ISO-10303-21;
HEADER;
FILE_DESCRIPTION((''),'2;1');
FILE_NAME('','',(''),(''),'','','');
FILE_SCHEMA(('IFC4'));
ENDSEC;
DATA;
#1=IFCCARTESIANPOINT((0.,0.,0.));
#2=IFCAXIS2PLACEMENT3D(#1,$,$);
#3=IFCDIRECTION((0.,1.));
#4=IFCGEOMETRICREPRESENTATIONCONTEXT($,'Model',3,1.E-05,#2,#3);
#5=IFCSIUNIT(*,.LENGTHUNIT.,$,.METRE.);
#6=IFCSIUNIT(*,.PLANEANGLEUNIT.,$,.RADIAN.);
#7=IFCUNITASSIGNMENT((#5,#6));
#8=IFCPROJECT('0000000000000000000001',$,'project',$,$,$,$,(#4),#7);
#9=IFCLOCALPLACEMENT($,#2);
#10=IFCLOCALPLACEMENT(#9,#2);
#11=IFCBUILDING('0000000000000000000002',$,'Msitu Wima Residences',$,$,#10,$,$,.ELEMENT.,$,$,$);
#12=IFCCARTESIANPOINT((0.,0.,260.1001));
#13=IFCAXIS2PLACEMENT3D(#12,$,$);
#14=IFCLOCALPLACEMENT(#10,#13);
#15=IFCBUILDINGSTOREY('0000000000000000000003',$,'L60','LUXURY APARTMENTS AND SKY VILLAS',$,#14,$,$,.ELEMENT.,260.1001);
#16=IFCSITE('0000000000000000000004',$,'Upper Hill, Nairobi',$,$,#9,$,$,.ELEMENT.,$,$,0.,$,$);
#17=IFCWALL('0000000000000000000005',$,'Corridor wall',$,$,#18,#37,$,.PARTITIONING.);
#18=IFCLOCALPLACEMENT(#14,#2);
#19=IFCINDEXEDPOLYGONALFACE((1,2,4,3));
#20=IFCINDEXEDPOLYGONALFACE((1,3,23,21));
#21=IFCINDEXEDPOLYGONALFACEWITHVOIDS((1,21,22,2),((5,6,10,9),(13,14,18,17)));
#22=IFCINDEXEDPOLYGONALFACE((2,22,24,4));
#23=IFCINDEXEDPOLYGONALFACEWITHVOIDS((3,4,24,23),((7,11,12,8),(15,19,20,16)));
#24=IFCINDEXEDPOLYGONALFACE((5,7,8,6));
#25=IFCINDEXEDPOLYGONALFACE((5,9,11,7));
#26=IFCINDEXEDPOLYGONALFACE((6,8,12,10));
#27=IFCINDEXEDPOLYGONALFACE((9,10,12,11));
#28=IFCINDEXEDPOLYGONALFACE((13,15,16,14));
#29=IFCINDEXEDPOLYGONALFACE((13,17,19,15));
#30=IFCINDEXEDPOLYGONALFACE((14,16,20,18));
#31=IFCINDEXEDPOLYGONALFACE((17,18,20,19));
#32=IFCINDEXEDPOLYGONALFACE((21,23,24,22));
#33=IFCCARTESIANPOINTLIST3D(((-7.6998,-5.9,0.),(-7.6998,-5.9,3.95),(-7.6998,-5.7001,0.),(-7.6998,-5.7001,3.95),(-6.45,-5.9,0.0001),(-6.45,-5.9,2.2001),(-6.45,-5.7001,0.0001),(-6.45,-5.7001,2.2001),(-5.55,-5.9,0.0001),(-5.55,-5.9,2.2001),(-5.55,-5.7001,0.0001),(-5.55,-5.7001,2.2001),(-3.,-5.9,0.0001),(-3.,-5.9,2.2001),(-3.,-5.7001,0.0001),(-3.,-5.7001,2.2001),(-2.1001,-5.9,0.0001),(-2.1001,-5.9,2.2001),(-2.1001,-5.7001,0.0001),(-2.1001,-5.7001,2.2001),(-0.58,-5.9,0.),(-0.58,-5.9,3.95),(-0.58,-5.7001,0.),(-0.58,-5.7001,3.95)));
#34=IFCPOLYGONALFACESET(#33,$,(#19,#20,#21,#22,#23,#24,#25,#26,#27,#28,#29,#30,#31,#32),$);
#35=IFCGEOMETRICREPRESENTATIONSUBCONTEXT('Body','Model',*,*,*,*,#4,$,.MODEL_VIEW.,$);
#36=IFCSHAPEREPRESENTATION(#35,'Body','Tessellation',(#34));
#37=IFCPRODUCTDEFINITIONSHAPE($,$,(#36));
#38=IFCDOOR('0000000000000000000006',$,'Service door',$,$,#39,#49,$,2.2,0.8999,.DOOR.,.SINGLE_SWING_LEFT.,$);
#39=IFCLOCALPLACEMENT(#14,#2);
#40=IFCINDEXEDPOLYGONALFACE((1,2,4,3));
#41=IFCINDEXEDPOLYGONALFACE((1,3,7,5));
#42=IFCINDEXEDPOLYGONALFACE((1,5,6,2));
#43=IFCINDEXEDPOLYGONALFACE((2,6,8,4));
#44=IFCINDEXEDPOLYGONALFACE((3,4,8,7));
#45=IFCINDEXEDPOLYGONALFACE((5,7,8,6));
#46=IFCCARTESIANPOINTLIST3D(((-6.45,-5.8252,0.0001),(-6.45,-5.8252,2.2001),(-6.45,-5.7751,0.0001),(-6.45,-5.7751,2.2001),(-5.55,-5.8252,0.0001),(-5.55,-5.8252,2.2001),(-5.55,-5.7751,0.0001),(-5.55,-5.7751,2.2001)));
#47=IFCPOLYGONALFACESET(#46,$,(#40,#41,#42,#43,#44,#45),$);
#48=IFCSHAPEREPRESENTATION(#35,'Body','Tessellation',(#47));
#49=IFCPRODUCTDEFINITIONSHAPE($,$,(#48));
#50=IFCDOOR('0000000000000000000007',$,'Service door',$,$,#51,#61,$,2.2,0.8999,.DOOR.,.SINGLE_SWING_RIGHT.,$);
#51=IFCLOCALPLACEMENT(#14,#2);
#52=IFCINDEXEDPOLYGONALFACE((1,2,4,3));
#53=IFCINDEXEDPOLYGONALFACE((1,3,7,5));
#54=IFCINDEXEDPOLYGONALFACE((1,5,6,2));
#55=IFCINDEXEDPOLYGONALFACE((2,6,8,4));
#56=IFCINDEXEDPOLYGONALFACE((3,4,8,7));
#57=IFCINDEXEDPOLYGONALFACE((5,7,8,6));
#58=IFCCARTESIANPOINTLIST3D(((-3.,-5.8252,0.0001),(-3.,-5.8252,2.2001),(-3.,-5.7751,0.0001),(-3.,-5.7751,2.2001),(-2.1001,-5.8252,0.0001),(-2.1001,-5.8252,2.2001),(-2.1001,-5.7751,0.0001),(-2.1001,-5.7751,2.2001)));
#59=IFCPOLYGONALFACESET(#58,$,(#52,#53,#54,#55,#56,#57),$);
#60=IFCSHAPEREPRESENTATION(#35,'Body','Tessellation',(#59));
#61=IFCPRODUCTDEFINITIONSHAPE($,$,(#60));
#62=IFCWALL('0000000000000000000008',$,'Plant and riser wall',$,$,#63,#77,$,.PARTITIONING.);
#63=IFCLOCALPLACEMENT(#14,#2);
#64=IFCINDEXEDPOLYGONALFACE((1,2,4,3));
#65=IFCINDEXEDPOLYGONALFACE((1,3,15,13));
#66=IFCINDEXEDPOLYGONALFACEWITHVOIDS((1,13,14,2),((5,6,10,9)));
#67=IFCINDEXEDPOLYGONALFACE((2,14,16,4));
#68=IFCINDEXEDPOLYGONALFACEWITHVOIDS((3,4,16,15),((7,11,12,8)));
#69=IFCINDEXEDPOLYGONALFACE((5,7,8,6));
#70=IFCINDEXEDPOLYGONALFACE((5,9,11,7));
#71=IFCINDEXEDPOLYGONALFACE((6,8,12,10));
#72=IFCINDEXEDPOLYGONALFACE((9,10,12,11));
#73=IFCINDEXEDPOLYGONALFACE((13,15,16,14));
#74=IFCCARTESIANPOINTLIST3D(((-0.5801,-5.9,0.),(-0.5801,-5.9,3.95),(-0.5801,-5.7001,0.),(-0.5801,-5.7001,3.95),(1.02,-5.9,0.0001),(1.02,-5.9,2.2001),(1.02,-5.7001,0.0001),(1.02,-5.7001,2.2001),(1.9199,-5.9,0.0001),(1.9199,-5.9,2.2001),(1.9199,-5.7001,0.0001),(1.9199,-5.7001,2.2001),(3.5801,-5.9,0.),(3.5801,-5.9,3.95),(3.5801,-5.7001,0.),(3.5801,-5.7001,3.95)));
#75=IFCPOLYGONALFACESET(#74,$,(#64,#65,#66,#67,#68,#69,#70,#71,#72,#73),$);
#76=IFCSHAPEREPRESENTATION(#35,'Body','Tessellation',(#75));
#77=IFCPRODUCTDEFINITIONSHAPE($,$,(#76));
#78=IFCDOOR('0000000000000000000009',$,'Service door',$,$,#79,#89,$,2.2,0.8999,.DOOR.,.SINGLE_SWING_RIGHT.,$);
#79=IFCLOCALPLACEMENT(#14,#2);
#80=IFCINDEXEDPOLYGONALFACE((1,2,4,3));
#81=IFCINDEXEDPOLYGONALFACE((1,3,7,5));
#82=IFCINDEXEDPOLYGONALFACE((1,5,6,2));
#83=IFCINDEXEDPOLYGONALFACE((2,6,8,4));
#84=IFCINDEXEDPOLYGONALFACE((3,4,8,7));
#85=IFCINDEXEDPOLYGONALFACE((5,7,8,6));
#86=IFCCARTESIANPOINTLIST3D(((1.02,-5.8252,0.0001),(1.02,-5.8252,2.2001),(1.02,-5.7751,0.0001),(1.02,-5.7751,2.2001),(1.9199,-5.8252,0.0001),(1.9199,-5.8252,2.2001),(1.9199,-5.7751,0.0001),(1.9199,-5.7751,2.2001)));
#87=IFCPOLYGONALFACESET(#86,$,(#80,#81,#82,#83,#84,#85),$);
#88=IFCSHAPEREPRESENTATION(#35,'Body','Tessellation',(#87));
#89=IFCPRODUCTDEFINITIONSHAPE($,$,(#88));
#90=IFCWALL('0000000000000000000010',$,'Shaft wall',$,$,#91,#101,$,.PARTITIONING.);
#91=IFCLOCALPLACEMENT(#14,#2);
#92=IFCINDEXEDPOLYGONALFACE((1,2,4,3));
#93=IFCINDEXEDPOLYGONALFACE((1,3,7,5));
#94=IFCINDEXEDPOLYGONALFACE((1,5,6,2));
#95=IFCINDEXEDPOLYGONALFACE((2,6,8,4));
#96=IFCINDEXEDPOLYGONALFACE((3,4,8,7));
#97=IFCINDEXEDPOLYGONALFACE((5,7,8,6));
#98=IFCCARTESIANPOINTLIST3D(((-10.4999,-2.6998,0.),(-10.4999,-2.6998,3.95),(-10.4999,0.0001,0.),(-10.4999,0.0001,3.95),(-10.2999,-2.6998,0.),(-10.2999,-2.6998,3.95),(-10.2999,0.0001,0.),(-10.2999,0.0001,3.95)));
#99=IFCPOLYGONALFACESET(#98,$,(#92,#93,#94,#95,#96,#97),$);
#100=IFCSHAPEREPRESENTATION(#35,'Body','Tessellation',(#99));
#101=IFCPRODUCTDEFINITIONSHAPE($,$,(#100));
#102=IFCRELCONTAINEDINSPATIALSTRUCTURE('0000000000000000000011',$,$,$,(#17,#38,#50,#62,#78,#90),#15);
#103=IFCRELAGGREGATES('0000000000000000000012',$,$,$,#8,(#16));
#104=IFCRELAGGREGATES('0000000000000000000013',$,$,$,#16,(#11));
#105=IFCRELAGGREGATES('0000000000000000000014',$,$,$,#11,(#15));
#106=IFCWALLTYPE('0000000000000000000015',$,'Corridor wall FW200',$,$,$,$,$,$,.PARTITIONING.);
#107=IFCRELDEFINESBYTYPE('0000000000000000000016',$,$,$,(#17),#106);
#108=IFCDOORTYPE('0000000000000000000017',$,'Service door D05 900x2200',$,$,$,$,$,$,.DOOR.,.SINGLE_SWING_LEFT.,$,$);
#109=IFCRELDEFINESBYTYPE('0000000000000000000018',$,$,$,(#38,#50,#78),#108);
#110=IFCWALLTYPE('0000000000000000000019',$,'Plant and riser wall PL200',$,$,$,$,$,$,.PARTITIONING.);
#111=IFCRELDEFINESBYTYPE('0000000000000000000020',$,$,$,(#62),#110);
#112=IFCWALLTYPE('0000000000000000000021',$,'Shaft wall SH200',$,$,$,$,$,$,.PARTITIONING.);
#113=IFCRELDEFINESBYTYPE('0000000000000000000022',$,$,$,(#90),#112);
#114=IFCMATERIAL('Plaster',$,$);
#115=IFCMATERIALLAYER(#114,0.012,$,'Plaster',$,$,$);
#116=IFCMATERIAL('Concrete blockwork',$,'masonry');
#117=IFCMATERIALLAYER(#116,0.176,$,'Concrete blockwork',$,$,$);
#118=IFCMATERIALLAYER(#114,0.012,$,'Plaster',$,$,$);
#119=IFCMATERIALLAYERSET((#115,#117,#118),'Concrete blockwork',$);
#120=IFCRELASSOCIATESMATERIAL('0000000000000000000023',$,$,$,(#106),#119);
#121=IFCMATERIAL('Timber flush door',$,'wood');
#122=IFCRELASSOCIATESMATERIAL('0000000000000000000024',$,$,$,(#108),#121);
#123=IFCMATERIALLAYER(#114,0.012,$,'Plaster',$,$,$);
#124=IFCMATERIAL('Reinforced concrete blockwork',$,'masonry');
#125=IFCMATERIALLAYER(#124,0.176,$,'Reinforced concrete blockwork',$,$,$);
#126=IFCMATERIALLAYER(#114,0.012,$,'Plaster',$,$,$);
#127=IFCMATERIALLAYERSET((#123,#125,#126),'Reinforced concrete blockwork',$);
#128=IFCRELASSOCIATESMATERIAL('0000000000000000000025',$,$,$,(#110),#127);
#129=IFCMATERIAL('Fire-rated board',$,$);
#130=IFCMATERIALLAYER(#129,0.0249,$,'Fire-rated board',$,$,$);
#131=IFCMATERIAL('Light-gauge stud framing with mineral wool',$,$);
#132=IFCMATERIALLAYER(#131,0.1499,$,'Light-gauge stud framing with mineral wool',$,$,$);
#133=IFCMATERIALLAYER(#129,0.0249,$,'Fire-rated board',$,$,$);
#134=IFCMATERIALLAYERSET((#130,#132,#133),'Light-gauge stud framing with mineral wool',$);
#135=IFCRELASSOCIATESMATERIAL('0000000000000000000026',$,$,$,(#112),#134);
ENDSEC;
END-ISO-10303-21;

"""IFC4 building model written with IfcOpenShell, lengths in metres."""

from ifc_helpers import new_model, si_unit, direction, frame, frame_2d, origin, place, context, subcontext, project, spatial, rectangle, extrude, material, layer, layer_set, type_object, element, fill, save


model = new_model("IFC4")

# Units and contexts
model_context = context("Model", 3, precision=1e-05, world=origin(), true_north=direction((0.0, 1.0)))
body_context = subcontext(model_context, "Body", "Model", "MODEL_VIEW")
ifc_project = project(units=[si_unit("LENGTHUNIT", "METRE"), si_unit("PLANEANGLEUNIT", "RADIAN")], contexts=[model_context])

# Site, building, storey
site_placement = place(None, origin())
site = spatial("IfcSite", under=ifc_project, at=site_placement, Name="Upper Hill, Nairobi", CompositionType="ELEMENT", RefElevation=0.0)
building_placement = place(site_placement, origin())
building = spatial("IfcBuilding", under=site, at=building_placement, Name="Msitu Wima Residences", CompositionType="ELEMENT")
storey_placement = place(building_placement, frame((0.0, 0.0, 260.1001)))
storey = spatial("IfcBuildingStorey", under=building, at=storey_placement, Name="L60", Description="LUXURY APARTMENTS AND SKY VILLAS", CompositionType="ELEMENT", Elevation=260.1001)

# Shared definitions
ifc_material_1 = material(Name="Plaster")
ifc_layer_1 = layer(ifc_material_1, 0.012, Name="Plaster")
ifc_material_2 = material(Name="Concrete blockwork", Category="masonry")
ifc_layer_2 = layer(ifc_material_2, 0.176, Name="Concrete blockwork")
ifc_layer_3 = layer(ifc_material_1, 0.012, Name="Plaster")
ifc_layer_set_1 = layer_set([ifc_layer_1, ifc_layer_2, ifc_layer_3], Name="Concrete blockwork")
wall_type_1 = type_object("IfcWallType", Name="Corridor wall FW200", PredefinedType="PARTITIONING", material=ifc_layer_set_1)

# Wall, openings, doors
wall_1_placement = place(storey_placement, frame((-7.7, -5.8, 0.0), z_axis=(0.0, 0.0, 1.0), x_axis=(1.0, 0.0, 0.0)))
wall_1 = element("IfcWall", 1, at=wall_1_placement, inside=storey, type_object=wall_type_1, Name="Corridor wall", PredefinedType="PARTITIONING", context=body_context, shape_type="SweptSolid", body=[
    extrude(rectangle(XDim=7.1199, YDim=0.2, at=frame_2d((3.5601, 0.0))), origin(), (0.0, 0.0, 1.0), 3.95),
])
opening_1_placement = place(wall_1_placement, frame((1.25, 0.0, 0.0)))
opening_1 = element("IfcOpeningElement", 2, at=opening_1_placement, cuts=wall_1, PredefinedType="OPENING", context=body_context, shape_type="SweptSolid", body=[
    extrude(rectangle(XDim=0.8999, YDim=2.2, at=frame_2d((0.45, 1.1001))), frame((0.0, 0.1099, 0.0), z_axis=(0.0, -1.0, 0.0), x_axis=(1.0, 0.0, 0.0)), (0.0, 0.0, 1.0), 0.22),
])
opening_2_placement = place(wall_1_placement, frame((4.7, 0.0, 0.0)))
opening_2 = element("IfcOpeningElement", 3, at=opening_2_placement, cuts=wall_1, PredefinedType="OPENING", context=body_context, shape_type="SweptSolid", body=[
    extrude(rectangle(XDim=0.8999, YDim=2.2, at=frame_2d((0.45, 1.1001))), frame((0.0, 0.1099, 0.0), z_axis=(0.0, -1.0, 0.0), x_axis=(1.0, 0.0, 0.0)), (0.0, 0.0, 1.0), 0.22),
])
ifc_material_3 = material(Name="Timber flush door", Category="wood")
door_type_1 = type_object("IfcDoorType", Name="Service door D05 900x2200", OperationType="SINGLE_SWING_LEFT", PredefinedType="DOOR", material=ifc_material_3)
door_1_placement = place(opening_1_placement, origin())
door_1 = element("IfcDoor", 4, at=door_1_placement, inside=storey, type_object=door_type_1, Name="Service door", OperationType="SINGLE_SWING_LEFT", OverallHeight=2.2, OverallWidth=0.8999, PredefinedType="DOOR", context=body_context, shape_type="SweptSolid", body=[
    extrude(rectangle(XDim=0.8999, YDim=2.2, at=frame_2d((0.45, 1.1001))), frame((0.0, 0.0249, 0.0), z_axis=(0.0, -1.0, 0.0), x_axis=(1.0, 0.0, 0.0)), (0.0, 0.0, 1.0), 0.05),
])
fill(opening_1, door_1)
door_2_placement = place(opening_2_placement, origin())
door_2 = element("IfcDoor", 5, at=door_2_placement, inside=storey, type_object=door_type_1, Name="Service door", OperationType="SINGLE_SWING_RIGHT", OverallHeight=2.2, OverallWidth=0.8999, PredefinedType="DOOR", context=body_context, shape_type="SweptSolid", body=[
    extrude(rectangle(XDim=0.8999, YDim=2.2, at=frame_2d((0.45, 1.1001))), frame((0.0, 0.0249, 0.0), z_axis=(0.0, -1.0, 0.0), x_axis=(1.0, 0.0, 0.0)), (0.0, 0.0, 1.0), 0.05),
])
fill(opening_2, door_2)

# Wall, opening, door
ifc_layer_4 = layer(ifc_material_1, 0.012, Name="Plaster")
ifc_material_4 = material(Name="Reinforced concrete blockwork", Category="masonry")
ifc_layer_5 = layer(ifc_material_4, 0.176, Name="Reinforced concrete blockwork")
ifc_layer_6 = layer(ifc_material_1, 0.012, Name="Plaster")
ifc_layer_set_2 = layer_set([ifc_layer_4, ifc_layer_5, ifc_layer_6], Name="Reinforced concrete blockwork")
wall_type_2 = type_object("IfcWallType", Name="Plant and riser wall PL200", PredefinedType="PARTITIONING", material=ifc_layer_set_2)
wall_2_placement = place(storey_placement, frame((-0.5801, -5.8, 0.0), z_axis=(0.0, 0.0, 1.0), x_axis=(1.0, 0.0, 0.0)))
wall_2 = element("IfcWall", 6, at=wall_2_placement, inside=storey, type_object=wall_type_2, Name="Plant and riser wall", PredefinedType="PARTITIONING", context=body_context, shape_type="SweptSolid", body=[
    extrude(rectangle(XDim=4.1602, YDim=0.2, at=frame_2d((2.0801, 0.0))), origin(), (0.0, 0.0, 1.0), 3.95),
])
opening_3_placement = place(wall_2_placement, frame((1.6001, 0.0, 0.0)))
opening_3 = element("IfcOpeningElement", 7, at=opening_3_placement, cuts=wall_2, PredefinedType="OPENING", context=body_context, shape_type="SweptSolid", body=[
    extrude(rectangle(XDim=0.8999, YDim=2.2, at=frame_2d((0.45, 1.1001))), frame((0.0, 0.1099, 0.0), z_axis=(0.0, -1.0, 0.0), x_axis=(1.0, 0.0, 0.0)), (0.0, 0.0, 1.0), 0.22),
])
door_3_placement = place(opening_3_placement, origin())
door_3 = element("IfcDoor", 8, at=door_3_placement, inside=storey, type_object=door_type_1, Name="Service door", OperationType="SINGLE_SWING_RIGHT", OverallHeight=2.2, OverallWidth=0.8999, PredefinedType="DOOR", context=body_context, shape_type="SweptSolid", body=[
    extrude(rectangle(XDim=0.8999, YDim=2.2, at=frame_2d((0.45, 1.1001))), frame((0.0, 0.0249, 0.0), z_axis=(0.0, -1.0, 0.0), x_axis=(1.0, 0.0, 0.0)), (0.0, 0.0, 1.0), 0.05),
])
fill(opening_3, door_3)

# Wall
ifc_material_5 = material(Name="Fire-rated board")
ifc_layer_7 = layer(ifc_material_5, 0.0249, Name="Fire-rated board")
ifc_material_6 = material(Name="Light-gauge stud framing with mineral wool")
ifc_layer_8 = layer(ifc_material_6, 0.1499, Name="Light-gauge stud framing with mineral wool")
ifc_layer_9 = layer(ifc_material_5, 0.0249, Name="Fire-rated board")
ifc_layer_set_3 = layer_set([ifc_layer_7, ifc_layer_8, ifc_layer_9], Name="Light-gauge stud framing with mineral wool")
wall_type_3 = type_object("IfcWallType", Name="Shaft wall SH200", PredefinedType="PARTITIONING", material=ifc_layer_set_3)
wall_3_placement = place(storey_placement, frame((-10.3999, -2.7, 0.0), z_axis=(0.0, 0.0, 1.0), x_axis=(0.0, 1.0, 0.0)))
element("IfcWall", 9, at=wall_3_placement, inside=storey, type_object=wall_type_3, Name="Shaft wall", PredefinedType="PARTITIONING", context=body_context, shape_type="SweptSolid", body=[
    extrude(rectangle(XDim=2.7, YDim=0.2, at=frame_2d((1.3501, 0.0))), origin(), (0.0, 0.0, 1.0), 3.95),
])

save(model, "model.ifc")
